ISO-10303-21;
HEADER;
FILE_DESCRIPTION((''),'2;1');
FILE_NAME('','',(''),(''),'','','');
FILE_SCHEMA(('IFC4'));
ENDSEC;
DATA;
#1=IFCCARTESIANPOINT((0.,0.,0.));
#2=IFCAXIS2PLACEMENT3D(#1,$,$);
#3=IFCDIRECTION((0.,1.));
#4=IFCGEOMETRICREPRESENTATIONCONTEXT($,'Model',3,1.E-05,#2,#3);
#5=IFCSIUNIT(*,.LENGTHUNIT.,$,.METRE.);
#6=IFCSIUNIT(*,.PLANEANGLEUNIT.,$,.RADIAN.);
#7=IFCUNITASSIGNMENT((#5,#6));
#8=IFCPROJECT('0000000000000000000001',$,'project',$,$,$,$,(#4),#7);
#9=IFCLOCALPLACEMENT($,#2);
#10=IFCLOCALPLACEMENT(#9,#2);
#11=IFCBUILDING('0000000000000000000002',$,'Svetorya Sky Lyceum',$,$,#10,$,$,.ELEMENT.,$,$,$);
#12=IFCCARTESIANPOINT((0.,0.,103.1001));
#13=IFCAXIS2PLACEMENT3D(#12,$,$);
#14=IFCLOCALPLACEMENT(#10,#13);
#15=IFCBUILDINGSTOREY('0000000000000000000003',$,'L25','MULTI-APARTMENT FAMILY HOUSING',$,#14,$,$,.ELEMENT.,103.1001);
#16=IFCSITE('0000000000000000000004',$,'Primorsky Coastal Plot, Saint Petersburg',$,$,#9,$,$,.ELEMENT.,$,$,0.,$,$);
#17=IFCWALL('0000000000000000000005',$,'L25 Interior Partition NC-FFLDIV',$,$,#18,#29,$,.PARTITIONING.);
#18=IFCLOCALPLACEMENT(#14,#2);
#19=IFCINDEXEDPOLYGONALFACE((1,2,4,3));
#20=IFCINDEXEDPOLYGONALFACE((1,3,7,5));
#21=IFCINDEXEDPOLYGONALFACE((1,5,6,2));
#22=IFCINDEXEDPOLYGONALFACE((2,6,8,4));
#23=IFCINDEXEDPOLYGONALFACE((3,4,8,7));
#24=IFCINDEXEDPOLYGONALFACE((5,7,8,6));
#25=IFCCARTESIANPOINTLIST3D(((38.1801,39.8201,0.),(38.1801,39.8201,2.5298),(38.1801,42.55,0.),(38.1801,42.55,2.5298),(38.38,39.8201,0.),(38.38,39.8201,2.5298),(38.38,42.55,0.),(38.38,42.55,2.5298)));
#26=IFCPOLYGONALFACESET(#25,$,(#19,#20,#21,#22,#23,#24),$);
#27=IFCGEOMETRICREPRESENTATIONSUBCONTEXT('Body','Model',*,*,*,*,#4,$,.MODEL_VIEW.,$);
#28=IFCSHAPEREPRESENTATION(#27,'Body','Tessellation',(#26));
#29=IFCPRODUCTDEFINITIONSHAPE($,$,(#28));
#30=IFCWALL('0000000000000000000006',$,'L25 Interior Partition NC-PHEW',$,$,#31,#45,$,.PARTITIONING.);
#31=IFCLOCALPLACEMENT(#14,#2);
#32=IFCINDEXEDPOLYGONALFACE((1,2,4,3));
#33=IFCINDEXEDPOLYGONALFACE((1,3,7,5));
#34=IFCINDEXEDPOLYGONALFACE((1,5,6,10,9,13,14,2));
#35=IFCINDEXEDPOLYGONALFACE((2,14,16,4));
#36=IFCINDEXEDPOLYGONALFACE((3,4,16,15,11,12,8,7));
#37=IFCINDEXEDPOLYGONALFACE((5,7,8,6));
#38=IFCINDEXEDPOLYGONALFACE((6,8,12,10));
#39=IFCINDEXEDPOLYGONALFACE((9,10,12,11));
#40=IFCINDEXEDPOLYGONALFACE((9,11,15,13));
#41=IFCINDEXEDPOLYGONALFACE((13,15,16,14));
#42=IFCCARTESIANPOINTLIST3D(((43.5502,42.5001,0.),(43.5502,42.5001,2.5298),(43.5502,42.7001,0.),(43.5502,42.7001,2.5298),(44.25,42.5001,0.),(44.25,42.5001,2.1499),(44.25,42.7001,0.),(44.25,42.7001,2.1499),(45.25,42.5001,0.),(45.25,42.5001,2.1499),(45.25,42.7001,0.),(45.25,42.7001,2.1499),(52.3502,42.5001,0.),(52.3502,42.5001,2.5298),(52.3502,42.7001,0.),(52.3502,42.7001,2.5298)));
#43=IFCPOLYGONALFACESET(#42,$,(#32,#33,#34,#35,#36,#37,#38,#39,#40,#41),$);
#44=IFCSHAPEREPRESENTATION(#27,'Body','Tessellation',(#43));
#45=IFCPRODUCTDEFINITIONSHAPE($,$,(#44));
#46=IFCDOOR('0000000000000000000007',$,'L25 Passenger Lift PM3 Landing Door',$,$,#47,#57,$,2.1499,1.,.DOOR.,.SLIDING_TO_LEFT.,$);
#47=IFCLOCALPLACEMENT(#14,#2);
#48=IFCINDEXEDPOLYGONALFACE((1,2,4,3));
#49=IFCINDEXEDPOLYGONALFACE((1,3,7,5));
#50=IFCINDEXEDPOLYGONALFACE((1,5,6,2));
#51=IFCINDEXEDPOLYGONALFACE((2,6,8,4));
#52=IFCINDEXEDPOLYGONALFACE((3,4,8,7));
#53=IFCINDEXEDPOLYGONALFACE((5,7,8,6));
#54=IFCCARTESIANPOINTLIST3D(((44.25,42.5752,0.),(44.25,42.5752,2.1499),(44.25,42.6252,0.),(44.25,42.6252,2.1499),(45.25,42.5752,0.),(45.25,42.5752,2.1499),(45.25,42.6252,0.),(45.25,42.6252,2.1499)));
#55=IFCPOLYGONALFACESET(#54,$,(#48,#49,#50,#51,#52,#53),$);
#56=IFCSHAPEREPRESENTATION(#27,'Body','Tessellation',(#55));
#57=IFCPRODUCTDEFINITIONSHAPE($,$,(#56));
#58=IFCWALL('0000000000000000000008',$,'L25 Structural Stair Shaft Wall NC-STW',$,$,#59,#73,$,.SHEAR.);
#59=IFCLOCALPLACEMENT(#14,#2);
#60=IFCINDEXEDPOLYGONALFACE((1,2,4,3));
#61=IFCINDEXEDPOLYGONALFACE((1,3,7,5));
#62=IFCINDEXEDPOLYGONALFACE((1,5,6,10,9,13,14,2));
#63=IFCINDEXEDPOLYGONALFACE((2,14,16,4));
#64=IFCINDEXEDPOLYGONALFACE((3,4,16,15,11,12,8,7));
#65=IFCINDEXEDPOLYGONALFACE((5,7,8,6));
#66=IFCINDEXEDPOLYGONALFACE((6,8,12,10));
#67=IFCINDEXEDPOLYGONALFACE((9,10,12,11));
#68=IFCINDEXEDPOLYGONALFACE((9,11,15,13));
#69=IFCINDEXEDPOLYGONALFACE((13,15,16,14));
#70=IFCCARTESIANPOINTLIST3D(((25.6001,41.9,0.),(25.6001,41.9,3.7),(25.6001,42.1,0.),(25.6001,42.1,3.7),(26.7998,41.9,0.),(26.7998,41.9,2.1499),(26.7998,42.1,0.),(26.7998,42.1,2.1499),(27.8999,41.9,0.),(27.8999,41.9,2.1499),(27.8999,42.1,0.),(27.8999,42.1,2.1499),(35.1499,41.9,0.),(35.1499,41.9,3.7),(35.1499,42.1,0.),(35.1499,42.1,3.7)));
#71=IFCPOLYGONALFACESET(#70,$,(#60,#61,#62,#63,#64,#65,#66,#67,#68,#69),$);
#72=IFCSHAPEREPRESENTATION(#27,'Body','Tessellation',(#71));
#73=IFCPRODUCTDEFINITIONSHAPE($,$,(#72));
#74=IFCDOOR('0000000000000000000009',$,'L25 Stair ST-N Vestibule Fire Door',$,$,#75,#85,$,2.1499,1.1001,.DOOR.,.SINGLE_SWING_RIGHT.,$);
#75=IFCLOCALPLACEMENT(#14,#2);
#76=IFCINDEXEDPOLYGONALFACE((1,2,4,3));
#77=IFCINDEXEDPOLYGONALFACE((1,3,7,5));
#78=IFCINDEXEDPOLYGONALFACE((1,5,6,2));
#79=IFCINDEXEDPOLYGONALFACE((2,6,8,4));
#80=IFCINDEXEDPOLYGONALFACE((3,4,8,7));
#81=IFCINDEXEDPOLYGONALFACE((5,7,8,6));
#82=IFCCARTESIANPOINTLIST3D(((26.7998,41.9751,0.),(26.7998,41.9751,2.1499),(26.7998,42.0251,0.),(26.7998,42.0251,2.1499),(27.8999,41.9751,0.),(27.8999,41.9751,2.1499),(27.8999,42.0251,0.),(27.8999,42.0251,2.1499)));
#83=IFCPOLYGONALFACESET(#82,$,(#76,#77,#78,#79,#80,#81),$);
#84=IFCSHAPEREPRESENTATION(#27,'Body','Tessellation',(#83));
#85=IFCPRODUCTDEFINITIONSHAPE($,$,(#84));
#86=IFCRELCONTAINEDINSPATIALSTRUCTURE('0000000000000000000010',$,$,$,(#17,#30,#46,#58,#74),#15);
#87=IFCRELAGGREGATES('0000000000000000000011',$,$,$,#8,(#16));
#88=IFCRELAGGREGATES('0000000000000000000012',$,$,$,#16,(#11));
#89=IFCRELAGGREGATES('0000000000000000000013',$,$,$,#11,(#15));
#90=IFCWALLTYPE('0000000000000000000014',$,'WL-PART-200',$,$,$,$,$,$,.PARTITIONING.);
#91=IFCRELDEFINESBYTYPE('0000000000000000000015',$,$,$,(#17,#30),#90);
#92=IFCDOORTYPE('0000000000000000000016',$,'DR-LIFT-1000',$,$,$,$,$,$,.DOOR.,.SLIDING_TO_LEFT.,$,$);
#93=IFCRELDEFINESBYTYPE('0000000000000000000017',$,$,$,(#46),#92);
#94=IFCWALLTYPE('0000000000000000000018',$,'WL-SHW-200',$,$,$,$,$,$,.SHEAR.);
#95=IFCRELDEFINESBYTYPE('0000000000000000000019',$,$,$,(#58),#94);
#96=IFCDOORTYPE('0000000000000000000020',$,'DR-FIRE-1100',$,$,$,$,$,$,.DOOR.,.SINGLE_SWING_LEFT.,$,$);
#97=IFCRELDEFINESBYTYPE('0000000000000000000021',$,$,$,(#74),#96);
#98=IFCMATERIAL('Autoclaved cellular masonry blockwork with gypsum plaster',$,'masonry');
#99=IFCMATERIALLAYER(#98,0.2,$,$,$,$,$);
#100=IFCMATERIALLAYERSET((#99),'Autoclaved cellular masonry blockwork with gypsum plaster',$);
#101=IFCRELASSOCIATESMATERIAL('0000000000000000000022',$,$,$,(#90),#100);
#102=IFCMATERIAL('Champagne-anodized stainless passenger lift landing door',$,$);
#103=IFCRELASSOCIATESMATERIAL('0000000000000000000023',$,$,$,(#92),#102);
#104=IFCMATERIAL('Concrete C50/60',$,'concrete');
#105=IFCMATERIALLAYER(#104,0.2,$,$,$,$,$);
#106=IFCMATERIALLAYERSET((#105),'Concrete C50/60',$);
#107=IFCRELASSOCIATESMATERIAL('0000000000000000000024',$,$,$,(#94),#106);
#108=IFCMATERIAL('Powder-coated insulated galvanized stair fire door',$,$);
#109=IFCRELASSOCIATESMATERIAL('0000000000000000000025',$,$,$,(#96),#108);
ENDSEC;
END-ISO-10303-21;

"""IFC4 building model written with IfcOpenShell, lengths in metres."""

from ifc_helpers import new_model, si_unit, direction, frame, frame_2d, origin, place, context, subcontext, project, spatial, rectangle, extrude, material, layer, layer_set, type_object, element, fill, save


model = new_model("IFC4")

# Units and contexts
model_context = context("Model", 3, precision=1e-05, world=origin(), true_north=direction((0.0, 1.0)))
body_context = subcontext(model_context, "Body", "Model", "MODEL_VIEW")
ifc_project = project(units=[si_unit("LENGTHUNIT", "METRE"), si_unit("PLANEANGLEUNIT", "RADIAN")], contexts=[model_context])

# Site, building, storey
site_placement = place(None, origin())
site = spatial("IfcSite", under=ifc_project, at=site_placement, Name="Primorsky Coastal Plot, Saint Petersburg", CompositionType="ELEMENT", RefElevation=0.0)
building_placement = place(site_placement, origin())
building = spatial("IfcBuilding", under=site, at=building_placement, Name="Svetorya Sky Lyceum", CompositionType="ELEMENT")
storey_placement = place(building_placement, frame((0.0, 0.0, 103.1001)))
storey = spatial("IfcBuildingStorey", under=building, at=storey_placement, Name="L25", Description="MULTI-APARTMENT FAMILY HOUSING", CompositionType="ELEMENT", Elevation=103.1001)

# Shared definitions
ifc_material_1 = material(Name="Concrete C50/60", Category="concrete")

# Shared definitions
ifc_material_2 = material(Name="Autoclaved cellular masonry blockwork with gypsum plaster", Category="masonry")
ifc_layer_1 = layer(ifc_material_2, 0.2)
ifc_layer_set_1 = layer_set([ifc_layer_1], Name="Autoclaved cellular masonry blockwork with gypsum plaster")
wall_type_1 = type_object("IfcWallType", Name="WL-PART-200", PredefinedType="PARTITIONING", material=ifc_layer_set_1)

# Wall
wall_1_placement = place(storey_placement, frame((38.28, 39.8201, 0.0), z_axis=(0.0, 0.0, 1.0), x_axis=(0.0, 1.0, 0.0)))
element("IfcWall", 1, at=wall_1_placement, inside=storey, type_object=wall_type_1, Name="L25 Interior Partition NC-FFLDIV", PredefinedType="PARTITIONING", context=body_context, shape_type="SweptSolid", body=[
    extrude(rectangle(XDim=2.73, YDim=0.2, at=frame_2d((1.365, 0.0))), origin(), (0.0, 0.0, 1.0), 2.5298),
])

# Shared definitions
ifc_material_3 = material(Name="Champagne-anodized stainless passenger lift landing door")
door_type_1 = type_object("IfcDoorType", Name="DR-LIFT-1000", OperationType="SLIDING_TO_LEFT", PredefinedType="DOOR", material=ifc_material_3)

# Walls, openings, doors
wall_2_placement = place(storey_placement, frame((52.3501, 42.6001, 0.0), z_axis=(0.0, 0.0, 1.0), x_axis=(-1.0, 0.0, 0.0)))
wall_2 = element("IfcWall", 2, at=wall_2_placement, inside=storey, type_object=wall_type_1, Name="L25 Interior Partition NC-PHEW", PredefinedType="PARTITIONING", context=body_context, shape_type="SweptSolid", body=[
    extrude(rectangle(XDim=8.8, YDim=0.2, at=frame_2d((4.3999, 0.0))), origin(), (0.0, 0.0, 1.0), 2.5298),
])
opening_1_placement = place(wall_2_placement, frame((7.1001, 0.0, 0.0)))
opening_1 = element("IfcOpeningElement", 3, at=opening_1_placement, cuts=wall_2, PredefinedType="OPENING", context=body_context, shape_type="SweptSolid", body=[
    extrude(rectangle(XDim=1.0, YDim=2.1499, at=frame_2d((0.5, 1.075))), frame((0.0, 0.1099, 0.0), z_axis=(0.0, -1.0, 0.0), x_axis=(1.0, 0.0, 0.0)), (0.0, 0.0, 1.0), 0.22),
])
door_1_placement = place(opening_1_placement, origin())
door_1 = element("IfcDoor", 4, at=door_1_placement, inside=storey, type_object=door_type_1, Name="L25 Passenger Lift PM3 Landing Door", OperationType="SLIDING_TO_LEFT", OverallHeight=2.1499, OverallWidth=1.0, PredefinedType="DOOR", context=body_context, shape_type="SweptSolid", body=[
    extrude(rectangle(XDim=1.0, YDim=2.1499, at=frame_2d((0.5, 1.075))), frame((0.0, 0.0249, 0.0), z_axis=(0.0, -1.0, 0.0), x_axis=(1.0, 0.0, 0.0)), (0.0, 0.0, 1.0), 0.05),
])
fill(opening_1, door_1)
ifc_layer_2 = layer(ifc_material_1, 0.2)
ifc_layer_set_2 = layer_set([ifc_layer_2], Name="Concrete C50/60")
wall_type_2 = type_object("IfcWallType", Name="WL-SHW-200", PredefinedType="SHEAR", material=ifc_layer_set_2)
wall_3_placement = place(storey_placement, frame((35.1499, 42.0, 0.0), z_axis=(0.0, 0.0, 1.0), x_axis=(-1.0, 0.0, 0.0)))
wall_3 = element("IfcWall", 5, at=wall_3_placement, inside=storey, type_object=wall_type_2, Name="L25 Structural Stair Shaft Wall NC-STW", PredefinedType="SHEAR", context=body_context, shape_type="SweptSolid", body=[
    extrude(rectangle(XDim=9.5498, YDim=0.2, at=frame_2d((4.7749, 0.0))), origin(), (0.0, 0.0, 1.0), 3.7),
])
opening_2_placement = place(wall_3_placement, frame((7.25, 0.0, 0.0)))
opening_2 = element("IfcOpeningElement", 6, at=opening_2_placement, cuts=wall_3, PredefinedType="OPENING", context=body_context, shape_type="SweptSolid", body=[
    extrude(rectangle(XDim=1.1001, YDim=2.1499, at=frame_2d((0.55, 1.075))), frame((0.0, 0.1099, 0.0), z_axis=(0.0, -1.0, 0.0), x_axis=(1.0, 0.0, 0.0)), (0.0, 0.0, 1.0), 0.22),
])
ifc_material_4 = material(Name="Powder-coated insulated galvanized stair fire door")
door_type_2 = type_object("IfcDoorType", Name="DR-FIRE-1100", OperationType="SINGLE_SWING_LEFT", PredefinedType="DOOR", material=ifc_material_4)
door_2_placement = place(opening_2_placement, origin())
door_2 = element("IfcDoor", 7, at=door_2_placement, inside=storey, type_object=door_type_2, Name="L25 Stair ST-N Vestibule Fire Door", OperationType="SINGLE_SWING_RIGHT", OverallHeight=2.1499, OverallWidth=1.1001, PredefinedType="DOOR", context=body_context, shape_type="SweptSolid", body=[
    extrude(rectangle(XDim=1.1001, YDim=2.1499, at=frame_2d((0.55, 1.075))), frame((0.0, 0.0249, 0.0), z_axis=(0.0, -1.0, 0.0), x_axis=(1.0, 0.0, 0.0)), (0.0, 0.0, 1.0), 0.05),
])
fill(opening_2, door_2)

save(model, "model.ifc")
